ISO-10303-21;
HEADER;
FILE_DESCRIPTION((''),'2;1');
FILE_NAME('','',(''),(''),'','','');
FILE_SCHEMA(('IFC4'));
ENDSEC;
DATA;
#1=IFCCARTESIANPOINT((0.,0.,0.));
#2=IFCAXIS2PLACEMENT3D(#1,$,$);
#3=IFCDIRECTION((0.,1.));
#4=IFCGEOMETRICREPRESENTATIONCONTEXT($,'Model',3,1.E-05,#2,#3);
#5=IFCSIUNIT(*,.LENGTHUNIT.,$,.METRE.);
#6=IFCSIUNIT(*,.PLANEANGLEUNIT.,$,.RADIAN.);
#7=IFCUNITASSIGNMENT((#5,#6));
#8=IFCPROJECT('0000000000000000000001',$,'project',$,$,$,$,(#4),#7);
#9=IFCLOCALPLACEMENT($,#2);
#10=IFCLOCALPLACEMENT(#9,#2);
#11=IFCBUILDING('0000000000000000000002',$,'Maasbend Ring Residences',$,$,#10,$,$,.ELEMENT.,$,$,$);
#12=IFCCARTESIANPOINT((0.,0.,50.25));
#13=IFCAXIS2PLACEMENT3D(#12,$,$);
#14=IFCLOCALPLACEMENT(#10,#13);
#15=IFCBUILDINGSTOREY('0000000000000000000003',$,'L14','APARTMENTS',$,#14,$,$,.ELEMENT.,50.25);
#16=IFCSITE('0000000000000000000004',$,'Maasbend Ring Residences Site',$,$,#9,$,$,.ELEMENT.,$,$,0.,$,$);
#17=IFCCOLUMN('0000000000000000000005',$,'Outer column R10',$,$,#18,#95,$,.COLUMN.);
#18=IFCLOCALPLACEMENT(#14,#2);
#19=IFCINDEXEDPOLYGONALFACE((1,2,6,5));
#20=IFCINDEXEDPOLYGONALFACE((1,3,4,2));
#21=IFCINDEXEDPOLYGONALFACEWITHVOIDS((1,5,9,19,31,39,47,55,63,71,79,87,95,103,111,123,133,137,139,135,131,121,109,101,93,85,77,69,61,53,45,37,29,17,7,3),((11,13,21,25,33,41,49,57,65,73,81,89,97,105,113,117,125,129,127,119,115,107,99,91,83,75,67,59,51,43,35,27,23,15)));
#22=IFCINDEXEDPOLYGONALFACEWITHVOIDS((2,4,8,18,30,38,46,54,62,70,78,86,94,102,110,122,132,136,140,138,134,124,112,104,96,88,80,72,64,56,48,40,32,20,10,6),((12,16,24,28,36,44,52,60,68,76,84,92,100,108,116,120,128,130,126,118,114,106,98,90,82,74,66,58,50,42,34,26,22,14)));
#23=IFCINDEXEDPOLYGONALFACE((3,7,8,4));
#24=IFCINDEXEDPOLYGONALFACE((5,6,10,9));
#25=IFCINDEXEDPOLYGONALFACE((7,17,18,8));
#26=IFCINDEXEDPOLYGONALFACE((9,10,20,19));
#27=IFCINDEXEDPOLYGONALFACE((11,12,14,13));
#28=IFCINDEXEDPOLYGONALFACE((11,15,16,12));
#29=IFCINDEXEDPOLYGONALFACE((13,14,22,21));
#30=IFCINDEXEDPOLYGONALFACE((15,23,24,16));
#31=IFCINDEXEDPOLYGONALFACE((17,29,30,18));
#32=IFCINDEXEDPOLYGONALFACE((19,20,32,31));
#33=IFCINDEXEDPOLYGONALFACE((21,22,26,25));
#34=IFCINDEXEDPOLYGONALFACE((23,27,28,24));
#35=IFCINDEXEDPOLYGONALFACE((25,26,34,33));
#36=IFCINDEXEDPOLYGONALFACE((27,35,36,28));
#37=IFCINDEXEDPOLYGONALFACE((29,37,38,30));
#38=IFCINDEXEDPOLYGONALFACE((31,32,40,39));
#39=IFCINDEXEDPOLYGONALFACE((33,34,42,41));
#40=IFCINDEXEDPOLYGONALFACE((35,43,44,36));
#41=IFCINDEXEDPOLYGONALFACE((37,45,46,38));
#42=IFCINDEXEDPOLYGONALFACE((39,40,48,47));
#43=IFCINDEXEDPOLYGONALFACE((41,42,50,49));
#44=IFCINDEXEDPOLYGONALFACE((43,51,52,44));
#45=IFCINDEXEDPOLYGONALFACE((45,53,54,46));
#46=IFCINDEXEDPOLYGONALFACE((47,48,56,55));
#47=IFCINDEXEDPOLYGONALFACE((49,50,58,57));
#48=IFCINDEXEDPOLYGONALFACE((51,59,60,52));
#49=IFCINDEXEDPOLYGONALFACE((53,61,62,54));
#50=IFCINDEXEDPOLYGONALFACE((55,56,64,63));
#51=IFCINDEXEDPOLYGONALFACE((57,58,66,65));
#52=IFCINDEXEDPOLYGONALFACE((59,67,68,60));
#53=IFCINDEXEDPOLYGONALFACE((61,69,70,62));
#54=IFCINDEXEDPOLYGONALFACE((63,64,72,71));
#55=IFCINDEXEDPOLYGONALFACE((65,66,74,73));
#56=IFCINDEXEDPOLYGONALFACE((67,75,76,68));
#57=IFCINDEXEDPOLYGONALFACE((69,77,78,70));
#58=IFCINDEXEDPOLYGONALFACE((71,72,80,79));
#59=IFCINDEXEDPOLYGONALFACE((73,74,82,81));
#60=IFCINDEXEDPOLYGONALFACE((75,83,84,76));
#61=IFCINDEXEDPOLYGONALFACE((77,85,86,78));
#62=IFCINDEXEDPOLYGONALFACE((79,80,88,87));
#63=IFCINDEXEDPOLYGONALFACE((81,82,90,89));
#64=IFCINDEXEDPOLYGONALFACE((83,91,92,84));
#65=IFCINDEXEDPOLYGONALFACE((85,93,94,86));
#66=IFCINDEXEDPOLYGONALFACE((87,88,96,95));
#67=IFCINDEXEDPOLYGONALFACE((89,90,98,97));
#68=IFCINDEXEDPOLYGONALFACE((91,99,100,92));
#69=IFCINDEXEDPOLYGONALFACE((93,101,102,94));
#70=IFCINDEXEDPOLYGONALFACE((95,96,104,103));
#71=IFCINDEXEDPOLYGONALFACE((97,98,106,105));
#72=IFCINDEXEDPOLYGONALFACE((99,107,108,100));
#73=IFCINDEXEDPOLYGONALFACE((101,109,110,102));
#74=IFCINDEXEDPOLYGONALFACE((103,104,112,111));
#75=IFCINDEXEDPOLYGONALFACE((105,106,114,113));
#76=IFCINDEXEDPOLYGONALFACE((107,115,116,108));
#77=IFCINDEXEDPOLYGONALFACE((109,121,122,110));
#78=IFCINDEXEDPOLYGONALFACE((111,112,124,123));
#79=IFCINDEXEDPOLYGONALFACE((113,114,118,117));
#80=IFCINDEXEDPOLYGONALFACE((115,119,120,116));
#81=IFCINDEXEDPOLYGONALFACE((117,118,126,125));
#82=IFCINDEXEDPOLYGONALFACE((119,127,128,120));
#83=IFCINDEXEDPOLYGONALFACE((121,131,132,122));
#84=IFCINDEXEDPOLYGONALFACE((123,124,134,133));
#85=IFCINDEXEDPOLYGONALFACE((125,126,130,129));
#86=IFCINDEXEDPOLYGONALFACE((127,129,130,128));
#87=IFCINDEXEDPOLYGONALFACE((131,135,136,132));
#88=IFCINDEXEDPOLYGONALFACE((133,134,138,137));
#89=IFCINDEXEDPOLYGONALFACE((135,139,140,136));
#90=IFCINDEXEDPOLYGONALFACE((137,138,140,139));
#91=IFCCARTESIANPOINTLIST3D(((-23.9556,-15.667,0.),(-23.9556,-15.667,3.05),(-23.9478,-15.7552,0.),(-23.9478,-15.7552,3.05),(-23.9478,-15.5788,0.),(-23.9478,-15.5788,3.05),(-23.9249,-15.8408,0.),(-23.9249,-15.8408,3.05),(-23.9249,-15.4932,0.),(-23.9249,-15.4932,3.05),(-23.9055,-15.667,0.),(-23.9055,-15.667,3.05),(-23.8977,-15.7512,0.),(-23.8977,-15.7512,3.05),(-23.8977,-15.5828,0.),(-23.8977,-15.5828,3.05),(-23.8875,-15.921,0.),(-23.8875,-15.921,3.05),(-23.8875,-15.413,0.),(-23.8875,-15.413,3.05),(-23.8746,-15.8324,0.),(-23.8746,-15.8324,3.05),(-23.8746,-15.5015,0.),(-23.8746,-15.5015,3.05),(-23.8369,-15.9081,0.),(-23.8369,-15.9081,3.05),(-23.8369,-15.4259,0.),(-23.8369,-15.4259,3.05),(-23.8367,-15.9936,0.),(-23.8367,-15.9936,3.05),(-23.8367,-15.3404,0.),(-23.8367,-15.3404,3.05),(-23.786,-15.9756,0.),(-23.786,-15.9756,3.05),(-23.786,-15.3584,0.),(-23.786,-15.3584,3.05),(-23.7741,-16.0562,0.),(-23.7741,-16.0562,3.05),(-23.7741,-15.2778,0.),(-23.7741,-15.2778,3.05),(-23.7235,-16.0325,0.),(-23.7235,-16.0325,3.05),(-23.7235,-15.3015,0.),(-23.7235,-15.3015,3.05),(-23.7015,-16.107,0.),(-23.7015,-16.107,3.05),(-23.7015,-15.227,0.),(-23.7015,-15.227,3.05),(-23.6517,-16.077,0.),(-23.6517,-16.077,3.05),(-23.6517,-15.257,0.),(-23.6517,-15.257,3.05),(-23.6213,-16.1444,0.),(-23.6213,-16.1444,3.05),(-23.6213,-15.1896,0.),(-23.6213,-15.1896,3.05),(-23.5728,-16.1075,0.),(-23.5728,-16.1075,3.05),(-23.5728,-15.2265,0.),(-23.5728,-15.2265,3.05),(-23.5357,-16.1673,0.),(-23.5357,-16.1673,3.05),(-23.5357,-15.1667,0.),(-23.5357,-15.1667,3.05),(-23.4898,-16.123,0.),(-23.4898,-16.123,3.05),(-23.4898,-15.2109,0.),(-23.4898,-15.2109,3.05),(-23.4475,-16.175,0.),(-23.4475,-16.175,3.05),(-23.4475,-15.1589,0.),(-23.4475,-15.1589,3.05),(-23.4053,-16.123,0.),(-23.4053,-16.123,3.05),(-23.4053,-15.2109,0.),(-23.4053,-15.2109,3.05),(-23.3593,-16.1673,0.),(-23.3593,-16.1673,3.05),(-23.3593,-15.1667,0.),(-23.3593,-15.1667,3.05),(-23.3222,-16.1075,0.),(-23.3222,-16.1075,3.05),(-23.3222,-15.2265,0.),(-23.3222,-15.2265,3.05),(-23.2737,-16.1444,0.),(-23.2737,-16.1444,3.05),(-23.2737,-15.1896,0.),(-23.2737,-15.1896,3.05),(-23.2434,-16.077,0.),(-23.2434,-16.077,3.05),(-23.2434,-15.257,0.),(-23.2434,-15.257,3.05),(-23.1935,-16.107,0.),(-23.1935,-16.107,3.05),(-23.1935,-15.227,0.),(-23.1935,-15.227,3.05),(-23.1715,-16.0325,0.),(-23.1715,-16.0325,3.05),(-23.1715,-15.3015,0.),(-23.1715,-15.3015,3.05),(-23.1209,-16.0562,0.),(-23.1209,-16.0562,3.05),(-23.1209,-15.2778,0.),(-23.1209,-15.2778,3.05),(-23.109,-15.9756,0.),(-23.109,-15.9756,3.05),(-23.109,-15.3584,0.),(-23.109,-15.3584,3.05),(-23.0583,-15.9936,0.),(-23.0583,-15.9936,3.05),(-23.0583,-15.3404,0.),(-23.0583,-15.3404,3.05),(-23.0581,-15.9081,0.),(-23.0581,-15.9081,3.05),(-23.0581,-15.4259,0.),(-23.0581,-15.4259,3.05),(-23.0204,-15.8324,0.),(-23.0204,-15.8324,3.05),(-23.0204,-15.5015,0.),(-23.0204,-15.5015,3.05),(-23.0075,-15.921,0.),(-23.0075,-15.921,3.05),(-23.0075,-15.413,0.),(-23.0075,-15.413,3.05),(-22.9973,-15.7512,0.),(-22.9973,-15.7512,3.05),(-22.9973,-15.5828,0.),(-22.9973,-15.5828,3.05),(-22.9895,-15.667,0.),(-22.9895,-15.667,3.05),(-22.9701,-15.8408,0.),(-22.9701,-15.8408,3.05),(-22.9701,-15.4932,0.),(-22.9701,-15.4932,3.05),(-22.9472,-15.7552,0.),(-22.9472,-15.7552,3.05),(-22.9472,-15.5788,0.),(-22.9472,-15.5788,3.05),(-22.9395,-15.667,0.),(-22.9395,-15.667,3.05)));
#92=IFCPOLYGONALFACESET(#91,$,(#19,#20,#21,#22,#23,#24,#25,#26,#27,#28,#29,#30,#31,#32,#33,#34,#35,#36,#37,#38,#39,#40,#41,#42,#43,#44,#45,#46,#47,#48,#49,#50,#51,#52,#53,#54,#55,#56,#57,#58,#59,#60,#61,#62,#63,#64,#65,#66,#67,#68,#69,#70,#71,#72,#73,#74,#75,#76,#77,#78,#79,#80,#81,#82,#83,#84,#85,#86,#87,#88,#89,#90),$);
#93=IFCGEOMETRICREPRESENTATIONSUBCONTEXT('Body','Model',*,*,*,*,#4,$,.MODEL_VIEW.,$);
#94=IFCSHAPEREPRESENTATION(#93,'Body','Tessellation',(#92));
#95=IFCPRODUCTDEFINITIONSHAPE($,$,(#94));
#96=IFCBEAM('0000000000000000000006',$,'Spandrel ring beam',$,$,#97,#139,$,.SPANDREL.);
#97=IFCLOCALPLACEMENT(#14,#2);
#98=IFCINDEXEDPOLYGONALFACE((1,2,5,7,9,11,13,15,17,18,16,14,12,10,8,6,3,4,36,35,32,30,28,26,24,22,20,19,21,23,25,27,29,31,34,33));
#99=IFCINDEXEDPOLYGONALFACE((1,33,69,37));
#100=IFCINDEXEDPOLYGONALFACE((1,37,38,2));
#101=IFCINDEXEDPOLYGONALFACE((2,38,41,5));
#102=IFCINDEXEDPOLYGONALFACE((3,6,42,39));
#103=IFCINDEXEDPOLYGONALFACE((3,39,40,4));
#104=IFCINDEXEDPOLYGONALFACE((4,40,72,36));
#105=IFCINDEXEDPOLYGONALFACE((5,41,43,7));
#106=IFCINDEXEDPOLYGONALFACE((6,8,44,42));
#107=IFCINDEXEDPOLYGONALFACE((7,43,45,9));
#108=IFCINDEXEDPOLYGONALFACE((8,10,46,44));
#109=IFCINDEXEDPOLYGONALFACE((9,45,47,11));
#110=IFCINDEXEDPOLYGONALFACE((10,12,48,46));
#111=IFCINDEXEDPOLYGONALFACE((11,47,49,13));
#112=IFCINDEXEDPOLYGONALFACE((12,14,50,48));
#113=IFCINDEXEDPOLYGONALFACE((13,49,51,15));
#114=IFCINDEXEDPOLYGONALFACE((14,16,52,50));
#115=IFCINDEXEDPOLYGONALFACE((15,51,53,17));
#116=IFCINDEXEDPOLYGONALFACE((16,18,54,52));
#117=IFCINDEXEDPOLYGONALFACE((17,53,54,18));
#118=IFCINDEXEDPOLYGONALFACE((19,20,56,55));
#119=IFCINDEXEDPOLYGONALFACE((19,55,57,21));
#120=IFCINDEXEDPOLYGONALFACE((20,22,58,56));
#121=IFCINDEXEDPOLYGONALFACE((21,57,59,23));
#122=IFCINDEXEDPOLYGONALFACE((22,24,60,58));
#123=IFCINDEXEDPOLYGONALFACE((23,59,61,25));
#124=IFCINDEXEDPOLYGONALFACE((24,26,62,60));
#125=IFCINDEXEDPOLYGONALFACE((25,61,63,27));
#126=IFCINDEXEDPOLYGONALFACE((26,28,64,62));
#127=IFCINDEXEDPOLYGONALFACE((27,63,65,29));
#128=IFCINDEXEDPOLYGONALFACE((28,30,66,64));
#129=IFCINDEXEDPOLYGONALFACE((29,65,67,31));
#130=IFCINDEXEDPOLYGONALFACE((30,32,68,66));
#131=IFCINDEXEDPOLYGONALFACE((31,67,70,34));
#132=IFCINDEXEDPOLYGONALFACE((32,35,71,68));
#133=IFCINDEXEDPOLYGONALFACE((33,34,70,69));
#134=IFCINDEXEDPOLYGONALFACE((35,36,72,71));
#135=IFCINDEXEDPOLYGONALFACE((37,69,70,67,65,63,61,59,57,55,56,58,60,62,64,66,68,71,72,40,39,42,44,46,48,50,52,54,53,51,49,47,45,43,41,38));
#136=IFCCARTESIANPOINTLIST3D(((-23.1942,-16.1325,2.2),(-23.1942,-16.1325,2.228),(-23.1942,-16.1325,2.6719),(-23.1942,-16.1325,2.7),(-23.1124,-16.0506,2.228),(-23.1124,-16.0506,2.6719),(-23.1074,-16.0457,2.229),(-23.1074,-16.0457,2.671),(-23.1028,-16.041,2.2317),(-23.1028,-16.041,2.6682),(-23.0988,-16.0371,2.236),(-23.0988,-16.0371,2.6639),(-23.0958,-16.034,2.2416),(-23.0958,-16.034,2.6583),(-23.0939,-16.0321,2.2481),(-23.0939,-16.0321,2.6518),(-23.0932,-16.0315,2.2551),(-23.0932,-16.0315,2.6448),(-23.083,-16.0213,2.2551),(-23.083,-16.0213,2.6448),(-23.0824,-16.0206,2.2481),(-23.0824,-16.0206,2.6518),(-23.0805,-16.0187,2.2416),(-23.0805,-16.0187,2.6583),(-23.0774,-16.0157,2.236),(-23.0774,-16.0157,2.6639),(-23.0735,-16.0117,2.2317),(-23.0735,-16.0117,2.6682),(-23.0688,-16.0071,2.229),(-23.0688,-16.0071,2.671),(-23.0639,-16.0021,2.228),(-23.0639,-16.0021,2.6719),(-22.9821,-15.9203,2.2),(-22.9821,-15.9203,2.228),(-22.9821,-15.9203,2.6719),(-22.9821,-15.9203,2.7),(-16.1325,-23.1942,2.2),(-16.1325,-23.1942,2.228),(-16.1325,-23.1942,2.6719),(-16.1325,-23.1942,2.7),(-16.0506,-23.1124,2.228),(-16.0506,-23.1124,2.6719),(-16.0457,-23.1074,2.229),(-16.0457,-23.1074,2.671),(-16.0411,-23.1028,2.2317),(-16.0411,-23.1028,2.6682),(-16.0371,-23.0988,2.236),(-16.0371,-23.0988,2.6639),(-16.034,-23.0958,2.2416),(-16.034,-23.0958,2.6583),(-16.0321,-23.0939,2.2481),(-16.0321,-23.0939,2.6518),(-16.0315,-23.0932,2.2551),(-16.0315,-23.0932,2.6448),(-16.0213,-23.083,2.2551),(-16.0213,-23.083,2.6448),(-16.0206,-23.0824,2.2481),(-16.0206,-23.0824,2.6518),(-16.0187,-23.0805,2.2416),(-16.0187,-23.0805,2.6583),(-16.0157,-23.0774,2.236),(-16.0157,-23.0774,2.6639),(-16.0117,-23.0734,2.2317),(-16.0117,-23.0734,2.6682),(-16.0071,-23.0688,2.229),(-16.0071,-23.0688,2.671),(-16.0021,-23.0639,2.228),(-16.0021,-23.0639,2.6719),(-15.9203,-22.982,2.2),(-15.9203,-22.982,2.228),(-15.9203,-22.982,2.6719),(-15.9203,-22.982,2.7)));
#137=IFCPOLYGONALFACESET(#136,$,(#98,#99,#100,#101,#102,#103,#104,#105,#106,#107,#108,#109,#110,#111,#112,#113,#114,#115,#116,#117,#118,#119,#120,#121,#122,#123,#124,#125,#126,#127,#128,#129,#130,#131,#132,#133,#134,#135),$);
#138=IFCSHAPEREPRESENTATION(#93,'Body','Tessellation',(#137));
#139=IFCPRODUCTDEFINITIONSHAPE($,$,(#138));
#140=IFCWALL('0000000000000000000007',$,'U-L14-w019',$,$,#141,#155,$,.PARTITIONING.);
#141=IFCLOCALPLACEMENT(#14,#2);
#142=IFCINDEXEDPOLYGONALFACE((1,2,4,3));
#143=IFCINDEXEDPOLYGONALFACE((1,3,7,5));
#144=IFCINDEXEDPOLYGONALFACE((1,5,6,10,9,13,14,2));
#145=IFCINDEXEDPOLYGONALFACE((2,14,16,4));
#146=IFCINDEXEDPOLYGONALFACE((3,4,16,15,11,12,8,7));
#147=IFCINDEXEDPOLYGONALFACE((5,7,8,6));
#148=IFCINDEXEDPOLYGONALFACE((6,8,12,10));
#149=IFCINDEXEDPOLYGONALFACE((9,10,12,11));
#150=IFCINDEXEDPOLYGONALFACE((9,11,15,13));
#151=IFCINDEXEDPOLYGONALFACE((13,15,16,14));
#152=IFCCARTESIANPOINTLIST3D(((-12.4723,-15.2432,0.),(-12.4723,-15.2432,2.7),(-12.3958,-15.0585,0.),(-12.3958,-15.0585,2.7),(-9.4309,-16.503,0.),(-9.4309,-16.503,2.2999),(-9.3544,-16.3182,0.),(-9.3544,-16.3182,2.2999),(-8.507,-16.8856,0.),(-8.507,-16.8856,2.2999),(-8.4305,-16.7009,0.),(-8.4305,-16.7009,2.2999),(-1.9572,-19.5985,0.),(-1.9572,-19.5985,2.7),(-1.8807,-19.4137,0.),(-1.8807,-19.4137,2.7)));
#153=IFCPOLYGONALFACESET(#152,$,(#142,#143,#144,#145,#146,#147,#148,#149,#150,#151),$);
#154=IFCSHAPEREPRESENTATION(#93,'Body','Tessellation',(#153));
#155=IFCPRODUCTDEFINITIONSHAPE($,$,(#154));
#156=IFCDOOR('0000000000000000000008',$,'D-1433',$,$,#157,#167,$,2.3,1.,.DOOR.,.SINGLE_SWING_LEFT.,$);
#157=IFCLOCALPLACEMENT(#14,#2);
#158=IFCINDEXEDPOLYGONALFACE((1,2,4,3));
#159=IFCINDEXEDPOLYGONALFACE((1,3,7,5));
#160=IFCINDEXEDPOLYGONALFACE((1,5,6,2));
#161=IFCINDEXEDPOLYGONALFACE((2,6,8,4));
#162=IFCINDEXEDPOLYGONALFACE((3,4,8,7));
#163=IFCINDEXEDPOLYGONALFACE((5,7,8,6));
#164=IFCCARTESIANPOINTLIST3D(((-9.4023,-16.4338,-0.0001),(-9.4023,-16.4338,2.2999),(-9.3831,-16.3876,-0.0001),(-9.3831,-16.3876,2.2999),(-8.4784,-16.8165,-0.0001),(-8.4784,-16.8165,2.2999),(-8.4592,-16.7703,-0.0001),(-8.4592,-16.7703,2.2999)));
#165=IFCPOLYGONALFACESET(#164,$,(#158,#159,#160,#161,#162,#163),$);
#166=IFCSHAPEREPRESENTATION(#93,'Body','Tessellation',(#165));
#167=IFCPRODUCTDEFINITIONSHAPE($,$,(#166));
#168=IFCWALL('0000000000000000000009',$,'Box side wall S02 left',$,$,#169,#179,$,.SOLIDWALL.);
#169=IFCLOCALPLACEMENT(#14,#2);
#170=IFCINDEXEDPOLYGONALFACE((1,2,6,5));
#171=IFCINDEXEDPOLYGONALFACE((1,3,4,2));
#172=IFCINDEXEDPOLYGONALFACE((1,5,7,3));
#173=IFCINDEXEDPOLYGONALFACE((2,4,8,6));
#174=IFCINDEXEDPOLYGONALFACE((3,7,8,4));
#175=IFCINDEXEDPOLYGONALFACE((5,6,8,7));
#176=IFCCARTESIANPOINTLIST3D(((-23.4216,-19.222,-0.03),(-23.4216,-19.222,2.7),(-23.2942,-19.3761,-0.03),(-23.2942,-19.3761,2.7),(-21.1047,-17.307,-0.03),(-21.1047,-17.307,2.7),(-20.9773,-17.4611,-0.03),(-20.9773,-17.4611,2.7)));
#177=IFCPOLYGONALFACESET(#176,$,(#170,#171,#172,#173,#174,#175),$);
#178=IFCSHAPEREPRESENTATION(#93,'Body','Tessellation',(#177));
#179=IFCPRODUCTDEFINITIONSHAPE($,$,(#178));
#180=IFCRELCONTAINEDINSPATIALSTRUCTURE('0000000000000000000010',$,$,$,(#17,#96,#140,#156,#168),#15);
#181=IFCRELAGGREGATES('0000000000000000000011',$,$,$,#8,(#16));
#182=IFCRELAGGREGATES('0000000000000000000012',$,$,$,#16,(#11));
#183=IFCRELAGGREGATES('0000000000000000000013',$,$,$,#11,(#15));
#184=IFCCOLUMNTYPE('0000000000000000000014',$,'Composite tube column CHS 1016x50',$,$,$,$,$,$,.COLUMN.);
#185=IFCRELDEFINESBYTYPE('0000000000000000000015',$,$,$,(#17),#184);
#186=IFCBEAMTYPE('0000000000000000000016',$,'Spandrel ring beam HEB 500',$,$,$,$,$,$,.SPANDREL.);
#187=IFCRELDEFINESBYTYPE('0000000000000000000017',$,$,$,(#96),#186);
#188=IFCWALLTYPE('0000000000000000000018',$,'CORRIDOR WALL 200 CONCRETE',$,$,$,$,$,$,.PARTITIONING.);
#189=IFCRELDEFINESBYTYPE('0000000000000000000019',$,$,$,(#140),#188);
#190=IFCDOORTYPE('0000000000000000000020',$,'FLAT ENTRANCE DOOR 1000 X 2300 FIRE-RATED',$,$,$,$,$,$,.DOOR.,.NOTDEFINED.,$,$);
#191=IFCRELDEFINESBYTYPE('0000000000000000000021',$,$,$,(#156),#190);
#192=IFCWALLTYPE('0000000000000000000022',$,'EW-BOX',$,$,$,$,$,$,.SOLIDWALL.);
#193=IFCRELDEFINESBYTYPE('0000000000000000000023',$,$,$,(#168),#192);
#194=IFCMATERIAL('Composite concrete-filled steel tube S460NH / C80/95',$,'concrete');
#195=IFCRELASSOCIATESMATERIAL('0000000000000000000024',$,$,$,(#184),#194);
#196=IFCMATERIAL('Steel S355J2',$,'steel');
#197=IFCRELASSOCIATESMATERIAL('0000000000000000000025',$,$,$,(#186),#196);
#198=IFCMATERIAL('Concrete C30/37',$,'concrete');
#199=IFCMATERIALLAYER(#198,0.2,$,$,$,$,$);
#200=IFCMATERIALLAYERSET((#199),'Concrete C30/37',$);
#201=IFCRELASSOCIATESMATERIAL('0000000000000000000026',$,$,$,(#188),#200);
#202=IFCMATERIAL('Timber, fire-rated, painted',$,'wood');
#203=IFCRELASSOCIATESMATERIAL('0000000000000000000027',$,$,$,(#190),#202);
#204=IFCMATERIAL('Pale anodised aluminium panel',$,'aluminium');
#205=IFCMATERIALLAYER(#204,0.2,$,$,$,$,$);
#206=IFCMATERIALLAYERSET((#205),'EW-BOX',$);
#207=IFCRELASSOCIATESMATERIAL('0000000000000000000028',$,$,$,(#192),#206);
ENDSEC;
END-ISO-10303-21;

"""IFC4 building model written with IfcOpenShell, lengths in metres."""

from ifc_helpers import new_model, si_unit, direction, frame, frame_2d, origin, origin_2d, place, context, subcontext, project, spatial, rectangle, hollow_circle, i_section, extrude, material, layer, layer_set, material_profile, profile_set, type_object, element, fill, save


model = new_model("IFC4")

# Units and contexts
model_context = context("Model", 3, precision=1e-05, world=origin(), true_north=direction((0.0, 1.0)))
body_context = subcontext(model_context, "Body", "Model", "MODEL_VIEW")
ifc_project = project(units=[si_unit("LENGTHUNIT", "METRE"), si_unit("PLANEANGLEUNIT", "RADIAN")], contexts=[model_context])

# Site, building, storey
site_placement = place(None, origin())
site = spatial("IfcSite", under=ifc_project, at=site_placement, Name="Maasbend Ring Residences Site", CompositionType="ELEMENT", RefElevation=0.0)
building_placement = place(site_placement, origin())
building = spatial("IfcBuilding", under=site, at=building_placement, Name="Maasbend Ring Residences", CompositionType="ELEMENT")
storey_placement = place(building_placement, frame((0.0, 0.0, 50.25)))
storey = spatial("IfcBuildingStorey", under=building, at=storey_placement, Name="L14", Description="APARTMENTS", CompositionType="ELEMENT", Elevation=50.25)

# Column
ifc_material_1 = material(Name="Composite concrete-filled steel tube S460NH / C80/95", Category="concrete")
ifc_material_profile_1 = material_profile(ifc_material_1, hollow_circle(Radius=0.5081, WallThickness=0.05, at=origin_2d()), Name="Composite tube column CHS 1016x50")
ifc_profile_set_1 = profile_set([ifc_material_profile_1], Name="Composite concrete-filled steel tube S460NH / C80/95")
column_type = type_object("IfcColumnType", Name="Composite tube column CHS 1016x50", PredefinedType="COLUMN", material=ifc_profile_set_1)
column_placement = place(storey_placement, frame((-23.4475, -15.667, 0.0), z_axis=(0.0, 0.0, 1.0), x_axis=(1.0, 0.0, 0.0)))
element("IfcColumn", 1, at=column_placement, inside=storey, type_object=column_type, Name="Outer column R10", PredefinedType="COLUMN", context=body_context, shape_type="SweptSolid", body=[
    extrude(hollow_circle(Radius=0.5081, WallThickness=0.05, at=origin_2d()), origin(), (0.0, 0.0, 1.0), 3.05),
])

# Beam
ifc_material_2 = material(Name="Steel S355J2", Category="steel")
ifc_material_profile_2 = material_profile(ifc_material_2, i_section(OverallWidth=0.3, OverallDepth=0.5, WebThickness=0.0144, FlangeThickness=0.0281, FilletRadius=0.0271, at=origin_2d()), Name="HEB 500")
ifc_profile_set_2 = profile_set([ifc_material_profile_2], Name="Steel S355J2")
beam_type = type_object("IfcBeamType", Name="Spandrel ring beam HEB 500", PredefinedType="SPANDREL", material=ifc_profile_set_2)
beam_placement = place(storey_placement, frame((-23.0881, -16.0264, 2.45), z_axis=(0.707107, -0.707107, 0.0), x_axis=(0.707107, 0.707107, 0.0)))
element("IfcBeam", 2, at=beam_placement, inside=storey, type_object=beam_type, Name="Spandrel ring beam", PredefinedType="SPANDREL", context=body_context, shape_type="SweptSolid", body=[
    extrude(i_section(OverallWidth=0.3, OverallDepth=0.5, WebThickness=0.0144, FlangeThickness=0.0281, FilletRadius=0.0271, at=origin_2d()), origin(), (0.0, 0.0, 1.0), 9.9868),
])

# Wall, opening, door
ifc_material_3 = material(Name="Concrete C30/37", Category="concrete")
ifc_layer_1 = layer(ifc_material_3, 0.2)
ifc_layer_set_1 = layer_set([ifc_layer_1], Name="Concrete C30/37")
wall_type_1 = type_object("IfcWallType", Name="CORRIDOR WALL 200 CONCRETE", PredefinedType="PARTITIONING", material=ifc_layer_set_1)
wall_1_placement = place(storey_placement, frame((-12.4341, -15.1509, 0.0), z_axis=(0.0, 0.0, 1.0), x_axis=(0.923888, -0.382662, 0.0)))
wall_1 = element("IfcWall", 3, at=wall_1_placement, inside=storey, type_object=wall_type_1, Name="U-L14-w019", PredefinedType="PARTITIONING", context=body_context, shape_type="SweptSolid", body=[
    extrude(rectangle(XDim=11.3813, YDim=0.2, at=frame_2d((5.6907, 0.0))), origin(), (0.0, 0.0, 1.0), 2.7),
])
opening_1_placement = place(wall_1_placement, frame((3.292, 0.0, 0.0)))
opening_1 = element("IfcOpeningElement", 4, at=opening_1_placement, cuts=wall_1, PredefinedType="OPENING", context=body_context, shape_type="SweptSolid", body=[
    extrude(rectangle(XDim=1.0, YDim=2.3, at=frame_2d((0.5, 1.1499))), frame((0.0, 0.1099, 0.0), z_axis=(0.0, -1.0, 0.0), x_axis=(1.0, 0.0, 0.0)), (0.0, 0.0, 1.0), 0.22),
])
ifc_material_4 = material(Name="Timber, fire-rated, painted", Category="wood")
door_type_1 = type_object("IfcDoorType", Name="FLAT ENTRANCE DOOR 1000 X 2300 FIRE-RATED", OperationType="NOTDEFINED", PredefinedType="DOOR", material=ifc_material_4)
door_1_placement = place(opening_1_placement, origin())
door_1 = element("IfcDoor", 5, at=door_1_placement, inside=storey, type_object=door_type_1, Name="D-1433", OperationType="SINGLE_SWING_LEFT", OverallHeight=2.3, OverallWidth=1.0, PredefinedType="DOOR", context=body_context, shape_type="SweptSolid", body=[
    extrude(rectangle(XDim=1.0, YDim=2.3, at=frame_2d((0.5, 1.1499))), frame((0.0, 0.0249, 0.0), z_axis=(0.0, -1.0, 0.0), x_axis=(1.0, 0.0, 0.0)), (0.0, 0.0, 1.0), 0.05),
])
fill(opening_1, door_1)

# Wall
ifc_material_5 = material(Name="Pale anodised aluminium panel", Category="aluminium")
ifc_layer_2 = layer(ifc_material_5, 0.2)
ifc_layer_set_2 = layer_set([ifc_layer_2], Name="EW-BOX")
wall_type_2 = type_object("IfcWallType", Name="EW-BOX", PredefinedType="SOLIDWALL", material=ifc_layer_set_2)
wall_2_placement = place(storey_placement, frame((-21.041, -17.384, -0.03), z_axis=(0.0, 0.0, 1.0), x_axis=(-0.770785, -0.637096, 0.0)))
element("IfcWall", 6, at=wall_2_placement, inside=storey, type_object=wall_type_2, Name="Box side wall S02 left", PredefinedType="SOLIDWALL", context=body_context, shape_type="SweptSolid", body=[
    extrude(rectangle(XDim=3.0059, YDim=0.2, at=frame_2d((1.5029, 0.0))), origin(), (0.0, 0.0, 1.0), 2.73),
])

save(model, "model.ifc")
